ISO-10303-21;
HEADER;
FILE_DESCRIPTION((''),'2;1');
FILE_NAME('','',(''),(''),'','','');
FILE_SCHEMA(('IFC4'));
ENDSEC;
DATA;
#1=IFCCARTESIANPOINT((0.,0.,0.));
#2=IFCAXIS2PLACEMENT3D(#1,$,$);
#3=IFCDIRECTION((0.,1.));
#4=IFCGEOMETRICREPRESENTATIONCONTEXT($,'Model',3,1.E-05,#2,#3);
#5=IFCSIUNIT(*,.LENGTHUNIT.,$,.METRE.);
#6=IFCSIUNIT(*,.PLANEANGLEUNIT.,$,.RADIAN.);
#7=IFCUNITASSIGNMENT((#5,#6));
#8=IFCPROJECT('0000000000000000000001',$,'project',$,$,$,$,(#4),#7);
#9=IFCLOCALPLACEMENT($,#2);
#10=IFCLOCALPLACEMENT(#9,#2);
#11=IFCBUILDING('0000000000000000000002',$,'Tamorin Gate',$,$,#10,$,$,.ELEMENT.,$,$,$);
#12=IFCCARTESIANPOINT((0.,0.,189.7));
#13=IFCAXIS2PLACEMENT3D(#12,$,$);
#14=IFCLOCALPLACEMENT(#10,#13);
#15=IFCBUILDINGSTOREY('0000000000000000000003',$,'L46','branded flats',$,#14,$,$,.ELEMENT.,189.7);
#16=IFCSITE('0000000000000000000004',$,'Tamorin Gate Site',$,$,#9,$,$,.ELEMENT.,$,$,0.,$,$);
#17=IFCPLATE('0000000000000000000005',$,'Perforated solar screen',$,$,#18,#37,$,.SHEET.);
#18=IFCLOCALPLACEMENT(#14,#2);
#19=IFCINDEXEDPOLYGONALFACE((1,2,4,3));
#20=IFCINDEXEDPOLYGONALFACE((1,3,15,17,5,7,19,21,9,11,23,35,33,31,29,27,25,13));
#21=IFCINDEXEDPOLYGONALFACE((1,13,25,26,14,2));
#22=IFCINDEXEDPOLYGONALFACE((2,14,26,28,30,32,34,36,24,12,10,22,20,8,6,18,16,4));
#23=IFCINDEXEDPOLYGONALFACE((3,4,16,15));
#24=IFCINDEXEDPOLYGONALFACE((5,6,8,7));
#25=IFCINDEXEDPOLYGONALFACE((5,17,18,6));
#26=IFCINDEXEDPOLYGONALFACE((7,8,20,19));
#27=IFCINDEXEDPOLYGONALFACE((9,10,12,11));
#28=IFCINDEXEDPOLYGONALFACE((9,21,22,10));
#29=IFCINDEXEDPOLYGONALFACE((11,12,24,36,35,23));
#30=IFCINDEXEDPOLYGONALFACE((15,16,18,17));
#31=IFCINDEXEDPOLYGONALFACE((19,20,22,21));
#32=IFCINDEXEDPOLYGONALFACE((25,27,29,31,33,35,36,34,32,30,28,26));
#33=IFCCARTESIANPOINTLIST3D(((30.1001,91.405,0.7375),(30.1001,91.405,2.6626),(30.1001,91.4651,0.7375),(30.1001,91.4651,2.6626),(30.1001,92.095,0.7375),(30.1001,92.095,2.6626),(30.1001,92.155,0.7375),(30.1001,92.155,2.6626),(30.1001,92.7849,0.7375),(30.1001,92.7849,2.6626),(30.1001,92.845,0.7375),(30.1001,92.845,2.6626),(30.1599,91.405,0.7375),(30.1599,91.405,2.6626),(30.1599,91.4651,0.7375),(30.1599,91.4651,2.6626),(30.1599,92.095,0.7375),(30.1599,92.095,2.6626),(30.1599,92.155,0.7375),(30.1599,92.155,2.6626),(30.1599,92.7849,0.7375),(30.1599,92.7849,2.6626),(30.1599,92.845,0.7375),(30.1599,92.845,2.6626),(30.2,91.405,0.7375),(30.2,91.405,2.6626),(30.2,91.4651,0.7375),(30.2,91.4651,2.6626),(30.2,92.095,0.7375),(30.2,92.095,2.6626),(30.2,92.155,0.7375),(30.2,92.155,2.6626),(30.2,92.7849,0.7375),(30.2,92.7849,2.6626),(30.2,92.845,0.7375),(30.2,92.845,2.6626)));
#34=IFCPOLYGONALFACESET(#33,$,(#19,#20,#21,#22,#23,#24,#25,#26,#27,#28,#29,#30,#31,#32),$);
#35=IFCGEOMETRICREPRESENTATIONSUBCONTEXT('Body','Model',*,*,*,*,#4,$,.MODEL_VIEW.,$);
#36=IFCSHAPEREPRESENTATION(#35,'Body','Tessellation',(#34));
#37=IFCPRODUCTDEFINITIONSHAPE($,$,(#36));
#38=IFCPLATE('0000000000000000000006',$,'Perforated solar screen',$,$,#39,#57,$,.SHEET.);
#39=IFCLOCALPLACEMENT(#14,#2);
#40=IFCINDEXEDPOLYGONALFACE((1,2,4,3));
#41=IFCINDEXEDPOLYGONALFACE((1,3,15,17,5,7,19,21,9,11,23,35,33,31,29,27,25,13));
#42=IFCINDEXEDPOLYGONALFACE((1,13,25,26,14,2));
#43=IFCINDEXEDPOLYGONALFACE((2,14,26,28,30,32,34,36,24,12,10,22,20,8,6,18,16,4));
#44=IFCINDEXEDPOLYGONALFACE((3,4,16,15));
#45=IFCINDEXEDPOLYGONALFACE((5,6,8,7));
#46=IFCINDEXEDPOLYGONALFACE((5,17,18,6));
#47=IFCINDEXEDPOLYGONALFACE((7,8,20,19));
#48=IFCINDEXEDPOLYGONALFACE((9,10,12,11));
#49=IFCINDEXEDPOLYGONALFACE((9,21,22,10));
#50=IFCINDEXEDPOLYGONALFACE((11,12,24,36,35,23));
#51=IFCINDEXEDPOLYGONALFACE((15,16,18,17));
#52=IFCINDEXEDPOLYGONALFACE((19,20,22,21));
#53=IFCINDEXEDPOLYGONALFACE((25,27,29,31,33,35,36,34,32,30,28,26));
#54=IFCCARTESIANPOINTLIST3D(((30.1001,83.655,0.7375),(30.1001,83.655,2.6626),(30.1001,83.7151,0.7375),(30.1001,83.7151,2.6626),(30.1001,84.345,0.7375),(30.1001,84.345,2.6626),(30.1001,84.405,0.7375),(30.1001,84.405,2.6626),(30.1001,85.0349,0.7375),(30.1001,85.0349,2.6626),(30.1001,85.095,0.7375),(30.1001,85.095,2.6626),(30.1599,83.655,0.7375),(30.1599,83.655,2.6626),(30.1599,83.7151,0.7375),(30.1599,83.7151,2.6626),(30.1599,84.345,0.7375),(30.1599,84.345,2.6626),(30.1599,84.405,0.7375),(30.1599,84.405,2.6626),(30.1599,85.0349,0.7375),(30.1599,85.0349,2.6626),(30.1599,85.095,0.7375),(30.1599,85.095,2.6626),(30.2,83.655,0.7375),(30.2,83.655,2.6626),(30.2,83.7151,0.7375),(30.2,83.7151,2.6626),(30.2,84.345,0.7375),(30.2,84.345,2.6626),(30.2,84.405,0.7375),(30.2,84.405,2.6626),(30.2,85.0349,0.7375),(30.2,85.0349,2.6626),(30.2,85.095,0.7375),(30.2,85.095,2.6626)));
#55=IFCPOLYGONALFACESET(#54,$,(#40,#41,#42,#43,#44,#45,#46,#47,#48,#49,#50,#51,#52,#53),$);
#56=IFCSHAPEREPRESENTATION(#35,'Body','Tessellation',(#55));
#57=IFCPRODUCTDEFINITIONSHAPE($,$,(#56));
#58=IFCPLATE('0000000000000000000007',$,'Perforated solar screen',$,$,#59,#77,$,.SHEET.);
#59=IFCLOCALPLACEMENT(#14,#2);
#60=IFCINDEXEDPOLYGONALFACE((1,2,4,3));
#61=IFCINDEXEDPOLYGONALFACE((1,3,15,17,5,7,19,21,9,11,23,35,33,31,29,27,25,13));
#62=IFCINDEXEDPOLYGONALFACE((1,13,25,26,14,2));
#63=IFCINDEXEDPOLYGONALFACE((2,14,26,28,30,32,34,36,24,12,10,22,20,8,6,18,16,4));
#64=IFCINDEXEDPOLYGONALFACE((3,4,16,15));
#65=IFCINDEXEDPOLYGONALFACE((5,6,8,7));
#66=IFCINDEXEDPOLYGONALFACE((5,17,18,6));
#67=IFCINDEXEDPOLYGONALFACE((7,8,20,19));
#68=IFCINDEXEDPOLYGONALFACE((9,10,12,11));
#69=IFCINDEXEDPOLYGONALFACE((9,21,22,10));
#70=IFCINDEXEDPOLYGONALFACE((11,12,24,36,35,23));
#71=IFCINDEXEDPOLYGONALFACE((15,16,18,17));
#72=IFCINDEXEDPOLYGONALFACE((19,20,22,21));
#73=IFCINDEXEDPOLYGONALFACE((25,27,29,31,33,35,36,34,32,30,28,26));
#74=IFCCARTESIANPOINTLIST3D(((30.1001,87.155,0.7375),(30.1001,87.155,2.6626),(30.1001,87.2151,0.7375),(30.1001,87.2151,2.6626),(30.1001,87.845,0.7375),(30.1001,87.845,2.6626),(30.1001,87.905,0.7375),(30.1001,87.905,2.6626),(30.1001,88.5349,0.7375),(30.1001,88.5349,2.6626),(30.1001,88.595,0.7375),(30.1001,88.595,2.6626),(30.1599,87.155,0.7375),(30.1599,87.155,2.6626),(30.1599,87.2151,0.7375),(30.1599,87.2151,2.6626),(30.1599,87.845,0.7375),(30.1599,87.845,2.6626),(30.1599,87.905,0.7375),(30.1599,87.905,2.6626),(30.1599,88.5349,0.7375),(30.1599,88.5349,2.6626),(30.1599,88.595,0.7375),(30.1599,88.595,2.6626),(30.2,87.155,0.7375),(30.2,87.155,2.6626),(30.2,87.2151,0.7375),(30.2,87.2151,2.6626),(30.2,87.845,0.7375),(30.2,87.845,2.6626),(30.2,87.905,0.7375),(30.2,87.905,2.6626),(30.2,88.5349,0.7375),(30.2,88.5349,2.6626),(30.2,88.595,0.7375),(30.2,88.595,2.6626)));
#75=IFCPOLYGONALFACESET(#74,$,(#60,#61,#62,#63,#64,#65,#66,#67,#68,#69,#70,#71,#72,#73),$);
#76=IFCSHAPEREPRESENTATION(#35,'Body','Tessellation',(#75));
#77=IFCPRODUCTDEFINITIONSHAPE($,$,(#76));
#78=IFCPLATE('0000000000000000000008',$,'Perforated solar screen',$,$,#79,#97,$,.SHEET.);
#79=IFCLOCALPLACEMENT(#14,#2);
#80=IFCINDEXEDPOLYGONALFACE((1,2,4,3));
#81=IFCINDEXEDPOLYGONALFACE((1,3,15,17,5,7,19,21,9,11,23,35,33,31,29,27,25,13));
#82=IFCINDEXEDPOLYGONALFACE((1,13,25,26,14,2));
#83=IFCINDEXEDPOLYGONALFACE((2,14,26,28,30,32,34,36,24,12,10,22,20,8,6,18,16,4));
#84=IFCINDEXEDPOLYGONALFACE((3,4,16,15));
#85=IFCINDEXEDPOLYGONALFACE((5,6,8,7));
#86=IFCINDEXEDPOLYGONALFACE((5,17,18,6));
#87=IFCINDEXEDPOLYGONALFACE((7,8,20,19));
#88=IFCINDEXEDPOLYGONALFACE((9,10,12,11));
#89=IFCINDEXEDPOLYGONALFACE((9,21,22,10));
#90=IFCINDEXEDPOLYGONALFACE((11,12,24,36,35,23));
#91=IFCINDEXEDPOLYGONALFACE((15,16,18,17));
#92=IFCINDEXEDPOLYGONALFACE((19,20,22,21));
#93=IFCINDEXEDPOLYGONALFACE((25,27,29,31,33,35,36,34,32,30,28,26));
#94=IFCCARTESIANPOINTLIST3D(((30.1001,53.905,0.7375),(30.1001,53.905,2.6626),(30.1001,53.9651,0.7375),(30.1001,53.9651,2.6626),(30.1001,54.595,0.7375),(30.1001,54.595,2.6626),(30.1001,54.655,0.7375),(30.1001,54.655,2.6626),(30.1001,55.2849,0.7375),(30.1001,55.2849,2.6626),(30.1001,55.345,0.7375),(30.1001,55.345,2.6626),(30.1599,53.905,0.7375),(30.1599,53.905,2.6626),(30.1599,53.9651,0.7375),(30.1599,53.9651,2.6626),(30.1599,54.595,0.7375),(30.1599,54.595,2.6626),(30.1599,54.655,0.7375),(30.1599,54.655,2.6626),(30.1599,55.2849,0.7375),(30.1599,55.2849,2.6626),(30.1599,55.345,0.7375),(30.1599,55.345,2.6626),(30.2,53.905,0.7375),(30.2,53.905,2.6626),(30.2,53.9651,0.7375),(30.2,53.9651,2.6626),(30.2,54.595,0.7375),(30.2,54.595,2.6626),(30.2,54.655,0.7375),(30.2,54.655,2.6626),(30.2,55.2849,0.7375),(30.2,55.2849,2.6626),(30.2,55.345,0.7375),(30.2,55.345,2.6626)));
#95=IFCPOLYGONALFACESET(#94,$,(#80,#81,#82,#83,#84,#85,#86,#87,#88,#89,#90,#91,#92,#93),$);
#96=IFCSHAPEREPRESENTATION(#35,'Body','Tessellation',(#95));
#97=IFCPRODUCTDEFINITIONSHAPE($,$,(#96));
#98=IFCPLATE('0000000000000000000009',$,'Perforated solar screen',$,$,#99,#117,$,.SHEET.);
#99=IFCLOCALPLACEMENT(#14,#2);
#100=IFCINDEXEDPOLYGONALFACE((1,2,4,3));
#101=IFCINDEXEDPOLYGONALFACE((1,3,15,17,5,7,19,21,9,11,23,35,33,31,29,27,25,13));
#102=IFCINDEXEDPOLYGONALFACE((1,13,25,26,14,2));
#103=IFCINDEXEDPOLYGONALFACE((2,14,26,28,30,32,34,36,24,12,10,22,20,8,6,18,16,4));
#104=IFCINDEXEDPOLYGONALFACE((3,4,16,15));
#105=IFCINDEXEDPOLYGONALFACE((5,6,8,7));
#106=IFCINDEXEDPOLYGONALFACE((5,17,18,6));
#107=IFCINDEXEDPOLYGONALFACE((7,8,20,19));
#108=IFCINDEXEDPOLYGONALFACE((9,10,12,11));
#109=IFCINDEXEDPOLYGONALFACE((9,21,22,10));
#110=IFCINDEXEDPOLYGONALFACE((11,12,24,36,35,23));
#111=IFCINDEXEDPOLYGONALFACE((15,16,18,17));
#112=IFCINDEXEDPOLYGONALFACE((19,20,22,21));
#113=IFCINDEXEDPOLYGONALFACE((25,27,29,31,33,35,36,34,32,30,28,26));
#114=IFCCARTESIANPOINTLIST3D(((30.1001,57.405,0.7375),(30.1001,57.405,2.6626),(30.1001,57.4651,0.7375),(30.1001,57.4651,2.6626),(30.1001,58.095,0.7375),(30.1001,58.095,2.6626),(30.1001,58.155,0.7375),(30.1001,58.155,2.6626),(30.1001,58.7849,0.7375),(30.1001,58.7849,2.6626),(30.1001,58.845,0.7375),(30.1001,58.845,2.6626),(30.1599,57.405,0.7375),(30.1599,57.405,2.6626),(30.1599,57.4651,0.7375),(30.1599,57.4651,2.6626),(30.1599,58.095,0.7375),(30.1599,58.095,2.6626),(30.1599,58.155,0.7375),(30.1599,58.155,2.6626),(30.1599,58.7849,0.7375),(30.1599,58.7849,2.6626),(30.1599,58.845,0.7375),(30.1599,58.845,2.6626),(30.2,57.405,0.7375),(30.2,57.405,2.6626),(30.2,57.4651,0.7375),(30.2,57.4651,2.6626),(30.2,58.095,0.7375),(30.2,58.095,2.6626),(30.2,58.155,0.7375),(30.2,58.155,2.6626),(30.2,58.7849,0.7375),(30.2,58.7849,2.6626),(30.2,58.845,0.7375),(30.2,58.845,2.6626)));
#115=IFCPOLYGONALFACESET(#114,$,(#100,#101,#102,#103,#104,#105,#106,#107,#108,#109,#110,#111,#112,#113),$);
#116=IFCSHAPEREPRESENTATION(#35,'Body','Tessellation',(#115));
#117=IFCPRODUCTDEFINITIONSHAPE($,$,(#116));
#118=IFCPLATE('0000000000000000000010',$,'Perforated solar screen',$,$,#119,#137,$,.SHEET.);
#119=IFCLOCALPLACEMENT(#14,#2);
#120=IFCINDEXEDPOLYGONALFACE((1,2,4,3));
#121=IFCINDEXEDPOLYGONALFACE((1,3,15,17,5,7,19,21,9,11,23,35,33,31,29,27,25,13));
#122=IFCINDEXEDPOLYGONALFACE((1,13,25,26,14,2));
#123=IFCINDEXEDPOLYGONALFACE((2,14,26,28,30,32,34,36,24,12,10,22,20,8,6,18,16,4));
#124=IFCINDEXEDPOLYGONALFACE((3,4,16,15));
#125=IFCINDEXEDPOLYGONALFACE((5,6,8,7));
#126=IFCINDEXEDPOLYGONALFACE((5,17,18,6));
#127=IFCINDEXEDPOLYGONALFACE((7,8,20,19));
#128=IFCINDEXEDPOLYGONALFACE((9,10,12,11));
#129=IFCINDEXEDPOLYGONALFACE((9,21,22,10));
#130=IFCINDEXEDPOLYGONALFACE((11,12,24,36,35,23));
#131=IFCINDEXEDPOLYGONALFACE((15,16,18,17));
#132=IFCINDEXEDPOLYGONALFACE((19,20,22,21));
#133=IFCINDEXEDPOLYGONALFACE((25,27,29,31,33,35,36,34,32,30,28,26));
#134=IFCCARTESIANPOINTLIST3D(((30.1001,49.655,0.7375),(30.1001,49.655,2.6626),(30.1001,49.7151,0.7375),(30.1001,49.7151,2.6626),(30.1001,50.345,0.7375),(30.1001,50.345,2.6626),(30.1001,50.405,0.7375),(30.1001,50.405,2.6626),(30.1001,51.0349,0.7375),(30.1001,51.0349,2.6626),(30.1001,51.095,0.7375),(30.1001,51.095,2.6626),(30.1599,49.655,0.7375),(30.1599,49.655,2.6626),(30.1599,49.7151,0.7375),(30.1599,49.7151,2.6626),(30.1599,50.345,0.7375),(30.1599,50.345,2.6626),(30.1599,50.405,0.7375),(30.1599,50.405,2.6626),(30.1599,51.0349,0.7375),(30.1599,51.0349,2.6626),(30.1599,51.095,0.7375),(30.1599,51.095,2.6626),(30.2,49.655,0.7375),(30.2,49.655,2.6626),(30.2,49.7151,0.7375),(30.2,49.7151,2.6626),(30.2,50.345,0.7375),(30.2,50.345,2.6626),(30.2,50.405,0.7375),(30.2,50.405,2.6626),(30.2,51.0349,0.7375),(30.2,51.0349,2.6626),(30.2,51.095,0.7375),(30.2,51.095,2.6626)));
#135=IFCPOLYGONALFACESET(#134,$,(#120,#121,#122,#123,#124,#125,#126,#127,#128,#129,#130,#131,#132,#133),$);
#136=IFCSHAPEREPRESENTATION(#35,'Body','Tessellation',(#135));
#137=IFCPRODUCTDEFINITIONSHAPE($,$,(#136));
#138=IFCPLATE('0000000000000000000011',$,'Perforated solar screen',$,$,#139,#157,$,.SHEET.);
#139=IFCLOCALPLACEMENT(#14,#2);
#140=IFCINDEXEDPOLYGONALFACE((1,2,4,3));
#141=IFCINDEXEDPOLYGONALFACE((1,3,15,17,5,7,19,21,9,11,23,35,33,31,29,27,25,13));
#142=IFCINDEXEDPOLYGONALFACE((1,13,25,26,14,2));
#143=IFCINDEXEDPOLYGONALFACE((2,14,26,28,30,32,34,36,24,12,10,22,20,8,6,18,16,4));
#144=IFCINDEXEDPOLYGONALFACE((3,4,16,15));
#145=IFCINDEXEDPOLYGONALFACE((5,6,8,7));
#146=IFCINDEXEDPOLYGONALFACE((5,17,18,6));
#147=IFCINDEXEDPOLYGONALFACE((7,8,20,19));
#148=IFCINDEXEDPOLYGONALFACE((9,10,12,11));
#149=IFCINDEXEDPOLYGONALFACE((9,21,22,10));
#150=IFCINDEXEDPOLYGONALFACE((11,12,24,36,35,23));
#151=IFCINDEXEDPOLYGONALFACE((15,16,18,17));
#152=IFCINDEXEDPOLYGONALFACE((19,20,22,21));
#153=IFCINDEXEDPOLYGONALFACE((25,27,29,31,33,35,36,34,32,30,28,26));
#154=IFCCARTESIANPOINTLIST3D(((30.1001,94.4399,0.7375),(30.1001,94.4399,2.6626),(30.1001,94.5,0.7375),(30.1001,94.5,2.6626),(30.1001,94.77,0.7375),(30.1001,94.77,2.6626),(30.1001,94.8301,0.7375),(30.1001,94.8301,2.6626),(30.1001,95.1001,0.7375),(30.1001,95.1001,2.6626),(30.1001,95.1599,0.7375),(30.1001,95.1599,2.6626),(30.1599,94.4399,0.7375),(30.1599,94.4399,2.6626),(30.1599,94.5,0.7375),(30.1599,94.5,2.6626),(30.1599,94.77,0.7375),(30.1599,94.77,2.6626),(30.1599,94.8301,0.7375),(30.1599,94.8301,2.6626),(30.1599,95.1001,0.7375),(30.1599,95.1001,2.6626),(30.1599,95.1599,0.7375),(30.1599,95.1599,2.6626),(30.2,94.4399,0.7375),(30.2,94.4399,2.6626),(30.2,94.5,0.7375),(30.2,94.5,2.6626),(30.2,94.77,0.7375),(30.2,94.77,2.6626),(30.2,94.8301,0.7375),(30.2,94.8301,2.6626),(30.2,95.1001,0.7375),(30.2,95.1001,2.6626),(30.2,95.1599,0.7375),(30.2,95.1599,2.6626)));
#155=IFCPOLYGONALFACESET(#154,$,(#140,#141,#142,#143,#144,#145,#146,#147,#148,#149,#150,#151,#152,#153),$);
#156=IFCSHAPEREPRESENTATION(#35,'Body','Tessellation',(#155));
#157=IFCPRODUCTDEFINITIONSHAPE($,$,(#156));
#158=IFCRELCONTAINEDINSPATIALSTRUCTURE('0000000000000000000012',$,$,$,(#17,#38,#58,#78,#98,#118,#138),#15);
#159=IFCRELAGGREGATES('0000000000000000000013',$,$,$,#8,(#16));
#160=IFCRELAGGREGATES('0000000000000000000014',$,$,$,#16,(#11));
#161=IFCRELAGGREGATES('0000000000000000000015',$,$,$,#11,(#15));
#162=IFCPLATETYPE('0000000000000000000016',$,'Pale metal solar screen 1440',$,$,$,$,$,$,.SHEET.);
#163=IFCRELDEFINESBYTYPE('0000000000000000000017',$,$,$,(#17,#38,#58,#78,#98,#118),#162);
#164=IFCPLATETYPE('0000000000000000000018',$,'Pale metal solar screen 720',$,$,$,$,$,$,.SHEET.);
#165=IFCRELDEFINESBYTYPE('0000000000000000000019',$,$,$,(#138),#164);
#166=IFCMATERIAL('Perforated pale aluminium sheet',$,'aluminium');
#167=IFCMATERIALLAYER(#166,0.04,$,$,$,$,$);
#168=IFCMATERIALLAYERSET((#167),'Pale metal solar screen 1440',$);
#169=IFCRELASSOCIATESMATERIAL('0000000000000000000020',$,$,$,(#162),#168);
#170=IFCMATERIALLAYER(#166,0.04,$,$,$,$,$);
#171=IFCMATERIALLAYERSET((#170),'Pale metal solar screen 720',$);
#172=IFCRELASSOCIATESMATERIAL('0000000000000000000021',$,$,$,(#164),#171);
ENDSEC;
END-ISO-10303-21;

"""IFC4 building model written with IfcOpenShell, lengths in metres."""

from ifc_helpers import new_model, si_unit, direction, frame, origin, place, context, subcontext, project, spatial, polyline, outline, extrude, material, layer, layer_set, type_object, element, save


model = new_model("IFC4")

# Units and contexts
model_context = context("Model", 3, precision=1e-05, world=origin(), true_north=direction((0.0, 1.0)))
body_context = subcontext(model_context, "Body", "Model", "MODEL_VIEW")
ifc_project = project(units=[si_unit("LENGTHUNIT", "METRE"), si_unit("PLANEANGLEUNIT", "RADIAN")], contexts=[model_context])

# Site, building, storey
site_placement = place(None, origin())
site = spatial("IfcSite", under=ifc_project, at=site_placement, Name="Tamorin Gate Site", CompositionType="ELEMENT", RefElevation=0.0)
building_placement = place(site_placement, origin())
building = spatial("IfcBuilding", under=site, at=building_placement, Name="Tamorin Gate", CompositionType="ELEMENT")
storey_placement = place(building_placement, frame((0.0, 0.0, 189.7)))
storey = spatial("IfcBuildingStorey", under=building, at=storey_placement, Name="L46", Description="branded flats", CompositionType="ELEMENT", Elevation=189.7)

# Plates
ifc_material_1 = material(Name="Perforated pale aluminium sheet", Category="aluminium")
ifc_layer_1 = layer(ifc_material_1, 0.04)
ifc_layer_set_1 = layer_set([ifc_layer_1], Name="Pale metal solar screen 1440")
plate_type_1 = type_object("IfcPlateType", Name="Pale metal solar screen 1440", PredefinedType="SHEET", material=ifc_layer_set_1)
plate_1_placement = place(storey_placement, frame((0.0, 0.0, 0.7375)))
element("IfcPlate", 1, at=plate_1_placement, inside=storey, type_object=plate_type_1, Name="Perforated solar screen", PredefinedType="SHEET", context=body_context, shape_type="SweptSolid", body=[
    extrude(outline(polyline([(30.1599, 92.845), (30.2, 92.845), (30.2, 92.7849), (30.2, 92.155), (30.2, 92.095), (30.2, 91.4651), (30.2, 91.405), (30.2, 91.405), (30.1599, 91.405), (30.1599, 91.405), (30.1001, 91.405), (30.1001, 91.4651), (30.1599, 91.4651), (30.1599, 92.095), (30.1001, 92.095), (30.1001, 92.155), (30.1599, 92.155), (30.1599, 92.7849), (30.1001, 92.7849), (30.1001, 92.845), (30.1599, 92.845)])), origin(), (0.0, 0.0, 1.0), 1.925),
])
plate_2_placement = place(storey_placement, frame((0.0, 0.0, 0.7375)))
element("IfcPlate", 2, at=plate_2_placement, inside=storey, type_object=plate_type_1, Name="Perforated solar screen", PredefinedType="SHEET", context=body_context, shape_type="SweptSolid", body=[
    extrude(outline(polyline([(30.1599, 85.095), (30.2, 85.095), (30.2, 85.0349), (30.2, 84.405), (30.2, 84.345), (30.2, 83.7151), (30.2, 83.655), (30.1599, 83.655), (30.1001, 83.655), (30.1001, 83.7151), (30.1599, 83.7151), (30.1599, 84.345), (30.1001, 84.345), (30.1001, 84.405), (30.1599, 84.405), (30.1599, 85.0349), (30.1001, 85.0349), (30.1001, 85.095), (30.1599, 85.095)])), origin(), (0.0, 0.0, 1.0), 1.925),
])
plate_3_placement = place(storey_placement, frame((0.0, 0.0, 0.7375)))
element("IfcPlate", 3, at=plate_3_placement, inside=storey, type_object=plate_type_1, Name="Perforated solar screen", PredefinedType="SHEET", context=body_context, shape_type="SweptSolid", body=[
    extrude(outline(polyline([(30.1599, 88.595), (30.2, 88.595), (30.2, 88.5349), (30.2, 87.905), (30.2, 87.845), (30.2, 87.2151), (30.2, 87.155), (30.1599, 87.155), (30.1001, 87.155), (30.1001, 87.2151), (30.1599, 87.2151), (30.1599, 87.845), (30.1001, 87.845), (30.1001, 87.905), (30.1599, 87.905), (30.1599, 88.5349), (30.1001, 88.5349), (30.1001, 88.595), (30.1599, 88.595)])), origin(), (0.0, 0.0, 1.0), 1.925),
])
plate_4_placement = place(storey_placement, frame((0.0, 0.0, 0.7375)))
element("IfcPlate", 4, at=plate_4_placement, inside=storey, type_object=plate_type_1, Name="Perforated solar screen", PredefinedType="SHEET", context=body_context, shape_type="SweptSolid", body=[
    extrude(outline(polyline([(30.1599, 55.345), (30.2, 55.345), (30.2, 55.2849), (30.2, 54.655), (30.2, 54.595), (30.2, 53.9651), (30.2, 53.905), (30.1599, 53.905), (30.1001, 53.905), (30.1001, 53.9651), (30.1599, 53.9651), (30.1599, 54.595), (30.1001, 54.595), (30.1001, 54.655), (30.1599, 54.655), (30.1599, 55.2849), (30.1001, 55.2849), (30.1001, 55.345), (30.1599, 55.345)])), origin(), (0.0, 0.0, 1.0), 1.925),
])
plate_5_placement = place(storey_placement, frame((0.0, 0.0, 0.7375)))
element("IfcPlate", 5, at=plate_5_placement, inside=storey, type_object=plate_type_1, Name="Perforated solar screen", PredefinedType="SHEET", context=body_context, shape_type="SweptSolid", body=[
    extrude(outline(polyline([(30.1599, 58.845), (30.2, 58.845), (30.2, 58.7849), (30.2, 58.155), (30.2, 58.095), (30.2, 57.4651), (30.2, 57.405), (30.1599, 57.405), (30.1001, 57.405), (30.1001, 57.4651), (30.1599, 57.4651), (30.1599, 58.095), (30.1001, 58.095), (30.1001, 58.155), (30.1599, 58.155), (30.1599, 58.7849), (30.1001, 58.7849), (30.1001, 58.845), (30.1599, 58.845)])), origin(), (0.0, 0.0, 1.0), 1.925),
])
plate_6_placement = place(storey_placement, frame((0.0, 0.0, 0.7375)))
element("IfcPlate", 6, at=plate_6_placement, inside=storey, type_object=plate_type_1, Name="Perforated solar screen", PredefinedType="SHEET", context=body_context, shape_type="SweptSolid", body=[
    extrude(outline(polyline([(30.1599, 51.095), (30.2, 51.095), (30.2, 51.0349), (30.2, 50.405), (30.2, 50.345), (30.2, 49.7151), (30.2, 49.655), (30.1599, 49.655), (30.1001, 49.655), (30.1001, 49.7151), (30.1599, 49.7151), (30.1599, 50.345), (30.1001, 50.345), (30.1001, 50.405), (30.1599, 50.405), (30.1599, 51.0349), (30.1001, 51.0349), (30.1001, 51.095), (30.1599, 51.095)])), origin(), (0.0, 0.0, 1.0), 1.925),
])
ifc_layer_2 = layer(ifc_material_1, 0.04)
ifc_layer_set_2 = layer_set([ifc_layer_2], Name="Pale metal solar screen 720")
plate_type_2 = type_object("IfcPlateType", Name="Pale metal solar screen 720", PredefinedType="SHEET", material=ifc_layer_set_2)
plate_7_placement = place(storey_placement, frame((0.0, 0.0, 0.7375)))
element("IfcPlate", 7, at=plate_7_placement, inside=storey, type_object=plate_type_2, Name="Perforated solar screen", PredefinedType="SHEET", context=body_context, shape_type="SweptSolid", body=[
    extrude(outline(polyline([(30.1599, 95.1599), (30.2, 95.1599), (30.2, 95.1001), (30.2, 94.8301), (30.2, 94.77), (30.2, 94.5), (30.2, 94.4399), (30.1599, 94.4399), (30.1001, 94.4399), (30.1001, 94.5), (30.1599, 94.5), (30.1599, 94.77), (30.1001, 94.77), (30.1001, 94.8301), (30.1599, 94.8301), (30.1599, 95.1001), (30.1001, 95.1001), (30.1001, 95.1599), (30.1599, 95.1599)])), origin(), (0.0, 0.0, 1.0), 1.925),
])

save(model, "model.ifc")
